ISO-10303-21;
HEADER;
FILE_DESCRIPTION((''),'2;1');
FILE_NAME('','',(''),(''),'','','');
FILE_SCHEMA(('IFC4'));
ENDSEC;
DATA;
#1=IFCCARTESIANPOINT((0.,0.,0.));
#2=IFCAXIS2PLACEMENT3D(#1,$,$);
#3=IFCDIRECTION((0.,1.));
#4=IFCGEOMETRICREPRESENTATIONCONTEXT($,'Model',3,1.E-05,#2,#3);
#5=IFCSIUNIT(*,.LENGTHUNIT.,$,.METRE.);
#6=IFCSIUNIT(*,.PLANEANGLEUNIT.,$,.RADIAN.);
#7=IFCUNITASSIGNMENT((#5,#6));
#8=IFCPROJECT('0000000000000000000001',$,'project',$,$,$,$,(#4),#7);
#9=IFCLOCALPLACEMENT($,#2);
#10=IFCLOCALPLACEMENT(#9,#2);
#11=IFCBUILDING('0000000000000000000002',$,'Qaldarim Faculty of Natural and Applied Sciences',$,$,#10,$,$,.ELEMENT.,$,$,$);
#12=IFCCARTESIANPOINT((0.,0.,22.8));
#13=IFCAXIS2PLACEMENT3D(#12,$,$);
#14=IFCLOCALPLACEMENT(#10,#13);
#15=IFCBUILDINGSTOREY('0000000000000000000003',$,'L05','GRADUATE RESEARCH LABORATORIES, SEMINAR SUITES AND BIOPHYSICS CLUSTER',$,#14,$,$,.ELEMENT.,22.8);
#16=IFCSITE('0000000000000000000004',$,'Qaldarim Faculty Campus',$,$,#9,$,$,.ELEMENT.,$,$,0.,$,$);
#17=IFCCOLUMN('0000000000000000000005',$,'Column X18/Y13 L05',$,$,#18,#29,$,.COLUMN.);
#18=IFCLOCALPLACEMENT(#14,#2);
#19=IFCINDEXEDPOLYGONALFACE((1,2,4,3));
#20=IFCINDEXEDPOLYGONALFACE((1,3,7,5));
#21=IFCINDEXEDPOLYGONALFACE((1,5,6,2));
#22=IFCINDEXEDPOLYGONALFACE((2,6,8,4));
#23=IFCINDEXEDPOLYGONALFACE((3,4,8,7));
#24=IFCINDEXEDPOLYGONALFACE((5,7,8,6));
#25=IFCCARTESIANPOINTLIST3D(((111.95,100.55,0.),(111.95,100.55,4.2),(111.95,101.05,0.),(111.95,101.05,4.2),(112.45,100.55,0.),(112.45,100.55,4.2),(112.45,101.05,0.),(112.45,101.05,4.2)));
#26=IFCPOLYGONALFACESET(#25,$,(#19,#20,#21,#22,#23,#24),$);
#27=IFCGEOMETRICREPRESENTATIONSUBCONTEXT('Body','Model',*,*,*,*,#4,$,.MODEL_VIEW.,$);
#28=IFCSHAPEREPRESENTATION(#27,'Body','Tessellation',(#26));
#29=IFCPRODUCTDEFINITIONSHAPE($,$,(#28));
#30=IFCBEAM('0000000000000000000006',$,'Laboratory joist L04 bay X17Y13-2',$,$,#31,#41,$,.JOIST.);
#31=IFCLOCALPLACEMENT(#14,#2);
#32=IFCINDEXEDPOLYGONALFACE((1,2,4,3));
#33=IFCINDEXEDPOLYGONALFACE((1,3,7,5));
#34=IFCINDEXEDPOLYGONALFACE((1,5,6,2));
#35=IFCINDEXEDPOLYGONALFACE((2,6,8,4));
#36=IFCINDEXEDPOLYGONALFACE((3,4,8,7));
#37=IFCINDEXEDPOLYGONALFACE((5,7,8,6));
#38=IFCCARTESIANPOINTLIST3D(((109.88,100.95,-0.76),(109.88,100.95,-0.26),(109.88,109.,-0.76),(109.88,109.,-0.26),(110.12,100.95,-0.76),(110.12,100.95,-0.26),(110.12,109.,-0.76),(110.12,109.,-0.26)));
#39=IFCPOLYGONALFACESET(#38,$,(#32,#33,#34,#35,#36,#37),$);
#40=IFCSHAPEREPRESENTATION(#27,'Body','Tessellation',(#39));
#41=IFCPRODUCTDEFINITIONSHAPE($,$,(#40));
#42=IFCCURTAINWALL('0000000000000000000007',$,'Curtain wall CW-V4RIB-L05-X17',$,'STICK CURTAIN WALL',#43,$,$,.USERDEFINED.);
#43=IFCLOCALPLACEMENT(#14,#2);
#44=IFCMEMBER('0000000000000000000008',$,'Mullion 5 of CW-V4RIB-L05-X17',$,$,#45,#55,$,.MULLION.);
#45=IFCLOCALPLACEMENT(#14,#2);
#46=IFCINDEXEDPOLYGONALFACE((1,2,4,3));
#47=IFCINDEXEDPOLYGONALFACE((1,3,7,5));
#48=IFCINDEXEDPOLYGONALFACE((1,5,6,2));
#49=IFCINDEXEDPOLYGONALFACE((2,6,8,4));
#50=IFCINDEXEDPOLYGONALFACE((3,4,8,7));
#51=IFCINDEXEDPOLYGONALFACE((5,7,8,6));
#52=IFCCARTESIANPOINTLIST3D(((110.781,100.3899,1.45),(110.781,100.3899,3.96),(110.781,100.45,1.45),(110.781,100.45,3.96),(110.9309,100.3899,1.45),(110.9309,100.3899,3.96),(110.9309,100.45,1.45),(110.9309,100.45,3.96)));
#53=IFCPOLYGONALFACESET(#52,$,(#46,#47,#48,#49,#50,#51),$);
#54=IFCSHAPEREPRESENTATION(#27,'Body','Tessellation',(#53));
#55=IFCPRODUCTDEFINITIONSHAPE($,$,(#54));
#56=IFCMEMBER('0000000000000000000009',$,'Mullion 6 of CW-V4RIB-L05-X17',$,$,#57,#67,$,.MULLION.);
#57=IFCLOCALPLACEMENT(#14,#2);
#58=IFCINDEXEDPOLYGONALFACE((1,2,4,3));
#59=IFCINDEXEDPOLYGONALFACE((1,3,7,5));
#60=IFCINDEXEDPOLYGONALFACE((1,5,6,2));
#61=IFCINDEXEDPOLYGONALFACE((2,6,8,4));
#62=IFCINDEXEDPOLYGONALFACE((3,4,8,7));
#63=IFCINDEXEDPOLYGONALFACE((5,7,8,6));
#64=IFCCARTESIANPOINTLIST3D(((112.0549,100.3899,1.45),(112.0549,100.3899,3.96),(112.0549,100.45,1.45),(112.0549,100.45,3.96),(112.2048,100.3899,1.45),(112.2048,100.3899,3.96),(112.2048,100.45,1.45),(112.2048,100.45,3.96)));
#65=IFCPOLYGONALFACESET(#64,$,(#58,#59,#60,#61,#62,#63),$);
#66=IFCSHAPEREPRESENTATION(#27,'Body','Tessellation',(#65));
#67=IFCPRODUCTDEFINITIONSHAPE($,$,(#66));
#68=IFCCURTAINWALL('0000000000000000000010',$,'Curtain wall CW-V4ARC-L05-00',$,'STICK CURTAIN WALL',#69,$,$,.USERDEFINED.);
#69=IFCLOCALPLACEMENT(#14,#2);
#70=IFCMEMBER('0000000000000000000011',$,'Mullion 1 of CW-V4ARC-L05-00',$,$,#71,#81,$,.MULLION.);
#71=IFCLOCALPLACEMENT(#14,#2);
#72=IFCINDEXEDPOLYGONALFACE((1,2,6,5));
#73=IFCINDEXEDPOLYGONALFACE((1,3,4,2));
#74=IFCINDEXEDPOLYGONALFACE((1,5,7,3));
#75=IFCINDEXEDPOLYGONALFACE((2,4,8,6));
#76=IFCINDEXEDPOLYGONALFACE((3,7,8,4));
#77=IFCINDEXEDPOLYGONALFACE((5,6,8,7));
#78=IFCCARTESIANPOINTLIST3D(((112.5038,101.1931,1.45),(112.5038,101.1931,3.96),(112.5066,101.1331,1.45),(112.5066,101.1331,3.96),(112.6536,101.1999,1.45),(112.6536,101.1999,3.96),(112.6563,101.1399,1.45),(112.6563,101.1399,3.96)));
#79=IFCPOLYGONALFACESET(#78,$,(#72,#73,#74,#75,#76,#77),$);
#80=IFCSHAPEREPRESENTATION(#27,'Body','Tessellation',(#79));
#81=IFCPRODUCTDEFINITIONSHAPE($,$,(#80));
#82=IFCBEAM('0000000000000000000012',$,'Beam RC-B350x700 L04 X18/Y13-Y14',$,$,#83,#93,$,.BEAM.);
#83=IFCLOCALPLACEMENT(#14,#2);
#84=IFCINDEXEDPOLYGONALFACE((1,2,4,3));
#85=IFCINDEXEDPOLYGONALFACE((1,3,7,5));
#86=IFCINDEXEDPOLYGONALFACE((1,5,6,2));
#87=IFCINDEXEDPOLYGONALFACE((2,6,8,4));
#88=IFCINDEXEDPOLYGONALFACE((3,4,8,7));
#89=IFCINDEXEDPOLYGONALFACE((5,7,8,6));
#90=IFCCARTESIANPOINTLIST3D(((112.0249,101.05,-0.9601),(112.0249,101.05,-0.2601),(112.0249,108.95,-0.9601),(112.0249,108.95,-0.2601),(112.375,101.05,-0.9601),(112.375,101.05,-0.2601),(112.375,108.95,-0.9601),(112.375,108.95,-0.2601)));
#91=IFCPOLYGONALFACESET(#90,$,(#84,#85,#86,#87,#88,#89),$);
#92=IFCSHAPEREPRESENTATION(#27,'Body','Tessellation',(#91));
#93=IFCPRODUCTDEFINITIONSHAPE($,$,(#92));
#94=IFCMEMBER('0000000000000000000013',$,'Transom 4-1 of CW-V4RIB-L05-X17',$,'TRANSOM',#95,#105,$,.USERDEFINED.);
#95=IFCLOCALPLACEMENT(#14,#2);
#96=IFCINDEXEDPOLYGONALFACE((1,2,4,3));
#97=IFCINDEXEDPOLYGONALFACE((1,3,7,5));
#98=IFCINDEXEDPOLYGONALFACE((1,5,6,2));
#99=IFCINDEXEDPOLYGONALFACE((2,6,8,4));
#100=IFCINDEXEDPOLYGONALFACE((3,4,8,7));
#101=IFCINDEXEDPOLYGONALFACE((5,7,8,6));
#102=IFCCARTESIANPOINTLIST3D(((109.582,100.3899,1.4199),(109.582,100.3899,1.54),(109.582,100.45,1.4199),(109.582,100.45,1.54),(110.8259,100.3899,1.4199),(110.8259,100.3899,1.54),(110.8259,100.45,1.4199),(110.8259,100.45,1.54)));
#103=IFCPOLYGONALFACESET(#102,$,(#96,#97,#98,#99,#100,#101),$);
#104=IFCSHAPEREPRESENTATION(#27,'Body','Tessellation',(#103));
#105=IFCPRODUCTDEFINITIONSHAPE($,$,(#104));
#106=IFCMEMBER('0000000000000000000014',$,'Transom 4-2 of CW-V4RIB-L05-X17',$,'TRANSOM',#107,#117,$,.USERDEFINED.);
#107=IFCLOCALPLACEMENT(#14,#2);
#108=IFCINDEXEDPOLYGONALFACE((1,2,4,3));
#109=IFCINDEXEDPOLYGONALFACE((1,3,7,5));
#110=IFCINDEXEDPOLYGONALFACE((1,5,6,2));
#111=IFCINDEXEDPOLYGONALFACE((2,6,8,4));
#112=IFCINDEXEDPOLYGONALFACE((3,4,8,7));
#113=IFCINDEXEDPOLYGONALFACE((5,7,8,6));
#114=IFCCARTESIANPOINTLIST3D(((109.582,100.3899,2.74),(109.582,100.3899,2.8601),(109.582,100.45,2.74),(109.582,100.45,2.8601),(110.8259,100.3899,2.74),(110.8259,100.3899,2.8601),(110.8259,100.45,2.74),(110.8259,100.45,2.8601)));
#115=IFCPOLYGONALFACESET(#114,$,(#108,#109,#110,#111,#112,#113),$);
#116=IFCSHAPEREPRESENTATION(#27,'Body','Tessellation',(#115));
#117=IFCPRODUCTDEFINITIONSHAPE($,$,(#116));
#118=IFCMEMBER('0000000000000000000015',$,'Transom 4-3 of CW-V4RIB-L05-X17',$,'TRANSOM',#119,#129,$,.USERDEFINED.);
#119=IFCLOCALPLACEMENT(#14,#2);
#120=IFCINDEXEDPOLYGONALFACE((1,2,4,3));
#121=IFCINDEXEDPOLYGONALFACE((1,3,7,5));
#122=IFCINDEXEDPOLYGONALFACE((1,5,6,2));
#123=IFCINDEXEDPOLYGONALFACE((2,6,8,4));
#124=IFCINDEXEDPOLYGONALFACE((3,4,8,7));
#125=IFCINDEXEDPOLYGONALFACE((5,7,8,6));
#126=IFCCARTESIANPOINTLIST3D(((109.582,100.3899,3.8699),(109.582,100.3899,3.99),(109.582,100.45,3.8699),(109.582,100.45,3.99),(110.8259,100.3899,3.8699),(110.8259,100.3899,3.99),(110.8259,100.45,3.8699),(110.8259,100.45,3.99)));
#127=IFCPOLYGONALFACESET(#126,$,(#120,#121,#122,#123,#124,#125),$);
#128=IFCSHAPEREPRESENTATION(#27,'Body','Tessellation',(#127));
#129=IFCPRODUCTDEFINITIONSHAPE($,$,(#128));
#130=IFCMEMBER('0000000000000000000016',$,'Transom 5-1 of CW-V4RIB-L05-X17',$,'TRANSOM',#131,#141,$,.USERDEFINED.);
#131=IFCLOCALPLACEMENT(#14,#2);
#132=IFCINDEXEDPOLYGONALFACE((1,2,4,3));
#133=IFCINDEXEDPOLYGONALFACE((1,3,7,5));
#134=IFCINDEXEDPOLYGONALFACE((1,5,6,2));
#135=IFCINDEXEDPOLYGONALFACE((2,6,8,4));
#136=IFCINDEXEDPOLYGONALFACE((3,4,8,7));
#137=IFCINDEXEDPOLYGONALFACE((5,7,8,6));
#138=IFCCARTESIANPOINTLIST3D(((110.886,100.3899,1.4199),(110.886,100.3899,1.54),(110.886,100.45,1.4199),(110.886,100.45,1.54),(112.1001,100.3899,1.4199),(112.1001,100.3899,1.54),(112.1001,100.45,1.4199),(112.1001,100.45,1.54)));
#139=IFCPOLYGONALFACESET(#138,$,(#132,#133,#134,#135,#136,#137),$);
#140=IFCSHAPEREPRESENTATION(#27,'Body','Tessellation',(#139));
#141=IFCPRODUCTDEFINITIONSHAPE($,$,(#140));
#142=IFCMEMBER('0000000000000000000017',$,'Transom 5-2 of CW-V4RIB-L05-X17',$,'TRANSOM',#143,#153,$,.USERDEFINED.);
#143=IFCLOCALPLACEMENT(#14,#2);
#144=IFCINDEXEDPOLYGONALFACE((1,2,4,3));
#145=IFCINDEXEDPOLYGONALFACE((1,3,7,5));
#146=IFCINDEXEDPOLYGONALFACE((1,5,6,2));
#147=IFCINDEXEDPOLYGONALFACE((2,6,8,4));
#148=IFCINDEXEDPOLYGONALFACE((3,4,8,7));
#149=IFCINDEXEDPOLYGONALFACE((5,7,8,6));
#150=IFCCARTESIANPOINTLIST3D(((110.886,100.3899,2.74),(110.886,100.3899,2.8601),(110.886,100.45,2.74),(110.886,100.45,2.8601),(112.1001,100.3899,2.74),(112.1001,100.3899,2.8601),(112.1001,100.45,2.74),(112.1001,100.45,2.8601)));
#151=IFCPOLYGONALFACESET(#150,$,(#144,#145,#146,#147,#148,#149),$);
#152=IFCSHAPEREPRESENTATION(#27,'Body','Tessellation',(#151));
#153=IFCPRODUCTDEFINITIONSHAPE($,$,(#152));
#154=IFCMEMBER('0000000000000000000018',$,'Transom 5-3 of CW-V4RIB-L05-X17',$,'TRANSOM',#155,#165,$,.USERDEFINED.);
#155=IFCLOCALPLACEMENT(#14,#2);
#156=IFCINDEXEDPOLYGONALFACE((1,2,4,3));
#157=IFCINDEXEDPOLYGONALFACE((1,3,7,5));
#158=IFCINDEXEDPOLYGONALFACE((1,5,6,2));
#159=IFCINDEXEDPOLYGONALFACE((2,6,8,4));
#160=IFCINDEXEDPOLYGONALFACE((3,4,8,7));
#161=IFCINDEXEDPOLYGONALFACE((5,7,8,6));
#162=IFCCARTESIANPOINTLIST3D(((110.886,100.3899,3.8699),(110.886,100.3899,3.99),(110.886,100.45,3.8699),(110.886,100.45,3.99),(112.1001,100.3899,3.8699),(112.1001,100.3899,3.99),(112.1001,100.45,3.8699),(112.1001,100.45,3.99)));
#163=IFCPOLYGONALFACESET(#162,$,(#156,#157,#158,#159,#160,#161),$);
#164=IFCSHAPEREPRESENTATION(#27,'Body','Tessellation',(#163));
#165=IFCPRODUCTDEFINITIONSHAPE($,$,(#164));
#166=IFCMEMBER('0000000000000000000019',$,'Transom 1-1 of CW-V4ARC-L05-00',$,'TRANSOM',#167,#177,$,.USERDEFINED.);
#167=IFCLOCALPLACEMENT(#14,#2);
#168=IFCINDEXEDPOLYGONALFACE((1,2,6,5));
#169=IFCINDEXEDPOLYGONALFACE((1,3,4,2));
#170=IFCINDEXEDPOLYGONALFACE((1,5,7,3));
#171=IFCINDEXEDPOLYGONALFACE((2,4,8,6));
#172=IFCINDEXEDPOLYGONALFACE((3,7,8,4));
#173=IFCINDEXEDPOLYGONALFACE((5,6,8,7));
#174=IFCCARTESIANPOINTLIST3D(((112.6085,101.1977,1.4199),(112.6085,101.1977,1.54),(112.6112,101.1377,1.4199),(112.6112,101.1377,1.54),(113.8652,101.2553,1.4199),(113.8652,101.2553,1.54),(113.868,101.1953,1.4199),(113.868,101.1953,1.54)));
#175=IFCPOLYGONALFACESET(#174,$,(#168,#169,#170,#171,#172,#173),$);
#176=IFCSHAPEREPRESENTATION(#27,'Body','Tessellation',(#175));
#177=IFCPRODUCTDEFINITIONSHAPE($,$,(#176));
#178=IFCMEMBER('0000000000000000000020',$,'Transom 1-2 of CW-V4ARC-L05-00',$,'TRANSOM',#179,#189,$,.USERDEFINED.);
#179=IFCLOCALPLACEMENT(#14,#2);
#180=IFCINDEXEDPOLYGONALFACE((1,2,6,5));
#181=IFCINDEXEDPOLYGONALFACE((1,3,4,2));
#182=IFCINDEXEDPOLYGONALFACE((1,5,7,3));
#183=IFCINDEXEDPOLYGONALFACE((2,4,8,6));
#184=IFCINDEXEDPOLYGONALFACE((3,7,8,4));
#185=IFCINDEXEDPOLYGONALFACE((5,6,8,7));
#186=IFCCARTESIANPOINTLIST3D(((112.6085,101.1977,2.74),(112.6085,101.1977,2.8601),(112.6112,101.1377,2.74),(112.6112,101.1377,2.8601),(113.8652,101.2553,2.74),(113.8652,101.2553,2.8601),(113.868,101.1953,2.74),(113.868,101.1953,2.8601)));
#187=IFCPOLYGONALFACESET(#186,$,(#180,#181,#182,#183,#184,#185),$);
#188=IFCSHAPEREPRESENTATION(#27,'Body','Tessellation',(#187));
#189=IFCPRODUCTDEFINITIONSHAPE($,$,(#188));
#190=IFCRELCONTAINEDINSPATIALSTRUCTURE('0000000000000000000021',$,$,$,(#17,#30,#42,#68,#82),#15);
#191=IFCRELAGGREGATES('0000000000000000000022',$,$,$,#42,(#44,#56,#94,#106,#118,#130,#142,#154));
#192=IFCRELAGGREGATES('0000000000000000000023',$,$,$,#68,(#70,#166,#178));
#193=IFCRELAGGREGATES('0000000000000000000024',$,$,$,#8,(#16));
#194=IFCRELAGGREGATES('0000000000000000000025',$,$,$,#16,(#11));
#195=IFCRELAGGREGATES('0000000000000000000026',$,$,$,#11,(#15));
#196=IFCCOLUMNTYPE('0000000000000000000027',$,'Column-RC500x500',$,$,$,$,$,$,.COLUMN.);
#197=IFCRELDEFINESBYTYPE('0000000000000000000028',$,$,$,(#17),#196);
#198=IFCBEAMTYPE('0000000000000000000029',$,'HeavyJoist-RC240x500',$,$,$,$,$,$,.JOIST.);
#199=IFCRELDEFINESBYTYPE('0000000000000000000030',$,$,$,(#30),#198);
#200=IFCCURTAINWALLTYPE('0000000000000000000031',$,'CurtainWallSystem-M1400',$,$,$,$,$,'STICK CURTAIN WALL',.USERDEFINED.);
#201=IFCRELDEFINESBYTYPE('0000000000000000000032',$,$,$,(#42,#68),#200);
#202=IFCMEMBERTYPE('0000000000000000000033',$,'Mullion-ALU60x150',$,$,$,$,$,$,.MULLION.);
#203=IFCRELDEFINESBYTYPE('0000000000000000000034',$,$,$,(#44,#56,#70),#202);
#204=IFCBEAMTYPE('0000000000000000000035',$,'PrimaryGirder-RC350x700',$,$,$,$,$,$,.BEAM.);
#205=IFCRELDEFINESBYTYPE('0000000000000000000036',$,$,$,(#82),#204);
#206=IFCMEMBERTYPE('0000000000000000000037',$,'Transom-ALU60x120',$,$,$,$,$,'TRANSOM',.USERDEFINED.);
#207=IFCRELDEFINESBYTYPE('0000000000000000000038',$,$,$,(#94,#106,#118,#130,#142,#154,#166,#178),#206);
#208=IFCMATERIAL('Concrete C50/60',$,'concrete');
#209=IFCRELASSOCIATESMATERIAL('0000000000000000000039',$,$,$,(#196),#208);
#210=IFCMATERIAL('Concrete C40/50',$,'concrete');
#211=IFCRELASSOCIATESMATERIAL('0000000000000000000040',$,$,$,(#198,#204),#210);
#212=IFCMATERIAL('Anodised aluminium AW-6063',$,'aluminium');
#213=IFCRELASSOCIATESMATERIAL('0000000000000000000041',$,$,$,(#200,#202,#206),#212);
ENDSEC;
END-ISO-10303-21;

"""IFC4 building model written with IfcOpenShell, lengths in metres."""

from ifc_helpers import new_model, si_unit, direction, frame, origin, origin_2d, place, context, subcontext, project, spatial, rectangle, extrude, material, material_profile, profile_set, type_object, element, aggregate, save


model = new_model("IFC4")

# Units and contexts
model_context = context("Model", 3, precision=1e-05, world=origin(), true_north=direction((0.0, 1.0)))
body_context = subcontext(model_context, "Body", "Model", "MODEL_VIEW")
ifc_project = project(units=[si_unit("LENGTHUNIT", "METRE"), si_unit("PLANEANGLEUNIT", "RADIAN")], contexts=[model_context])

# Site, building, storey
site_placement = place(None, origin())
site = spatial("IfcSite", under=ifc_project, at=site_placement, Name="Qaldarim Faculty Campus", CompositionType="ELEMENT", RefElevation=0.0)
building_placement = place(site_placement, origin())
building = spatial("IfcBuilding", under=site, at=building_placement, Name="Qaldarim Faculty of Natural and Applied Sciences", CompositionType="ELEMENT")
storey_placement = place(building_placement, frame((0.0, 0.0, 22.8)))
storey = spatial("IfcBuildingStorey", under=building, at=storey_placement, Name="L05", Description="GRADUATE RESEARCH LABORATORIES, SEMINAR SUITES AND BIOPHYSICS CLUSTER", CompositionType="ELEMENT", Elevation=22.8)

# Column
ifc_material_1 = material(Name="Concrete C50/60", Category="concrete")
ifc_material_profile_1 = material_profile(ifc_material_1, rectangle(XDim=0.5, YDim=0.5, at=origin_2d()), Name="RC-C500x500")
ifc_profile_set_1 = profile_set([ifc_material_profile_1], Name="Concrete C50/60")
column_type = type_object("IfcColumnType", Name="Column-RC500x500", PredefinedType="COLUMN", material=ifc_profile_set_1)
column_placement = place(storey_placement, frame((112.2, 100.8, 0.0), z_axis=(0.0, 0.0, 1.0), x_axis=(1.0, 0.0, 0.0)))
element("IfcColumn", 1, at=column_placement, inside=storey, type_object=column_type, Name="Column X18/Y13 L05", PredefinedType="COLUMN", context=body_context, shape_type="SweptSolid", body=[
    extrude(rectangle(XDim=0.5, YDim=0.5, at=origin_2d()), origin(), (0.0, 0.0, 1.0), 4.2),
])

# Beam
ifc_material_2 = material(Name="Concrete C40/50", Category="concrete")
ifc_material_profile_2 = material_profile(ifc_material_2, rectangle(XDim=0.24, YDim=0.5, at=origin_2d()), Name="RC-J240x500")
ifc_profile_set_2 = profile_set([ifc_material_profile_2], Name="Concrete C40/50")
beam_type_1 = type_object("IfcBeamType", Name="HeavyJoist-RC240x500", PredefinedType="JOIST", material=ifc_profile_set_2)
beam_1_placement = place(storey_placement, frame((110.0, 100.95, -0.51), z_axis=(0.0, 1.0, 0.0), x_axis=(-1.0, 0.0, 0.0)))
element("IfcBeam", 2, at=beam_1_placement, inside=storey, type_object=beam_type_1, Name="Laboratory joist L04 bay X17Y13-2", PredefinedType="JOIST", context=body_context, shape_type="SweptSolid", body=[
    extrude(rectangle(XDim=0.24, YDim=0.5, at=origin_2d()), origin(), (0.0, 0.0, 1.0), 8.05),
])

# Curtain wall, members
ifc_material_3 = material(Name="Anodised aluminium AW-6063", Category="aluminium")
curtain_wall_type = type_object("IfcCurtainWallType", Name="CurtainWallSystem-M1400", ElementType="STICK CURTAIN WALL", PredefinedType="USERDEFINED", material=ifc_material_3)
curtain_wall_1_placement = place(storey_placement, origin())
curtain_wall_1 = element("IfcCurtainWall", 3, at=curtain_wall_1_placement, inside=storey, type_object=curtain_wall_type, Name="Curtain wall CW-V4RIB-L05-X17", ObjectType="STICK CURTAIN WALL", PredefinedType="USERDEFINED")
ifc_material_profile_3 = material_profile(ifc_material_3, rectangle(XDim=0.0601, YDim=0.1499, at=origin_2d()), Name="ALU-M60x150")
ifc_profile_set_3 = profile_set([ifc_material_profile_3], Name="Anodised aluminium AW-6063")
member_type_1 = type_object("IfcMemberType", Name="Mullion-ALU60x150", PredefinedType="MULLION", material=ifc_profile_set_3)
member_1_placement = place(storey_placement, frame((110.856, 100.4199, 1.45), z_axis=(0.0, 0.0, 1.0), x_axis=(0.0, 1.0, 0.0)))
member_1 = element("IfcMember", 4, at=member_1_placement, type_object=member_type_1, Name="Mullion 5 of CW-V4RIB-L05-X17", PredefinedType="MULLION", context=body_context, shape_type="SweptSolid", body=[
    extrude(rectangle(XDim=0.0601, YDim=0.1499, at=origin_2d()), origin(), (0.0, 0.0, 1.0), 2.51),
])
member_2_placement = place(storey_placement, frame((112.1299, 100.4199, 1.45), z_axis=(0.0, 0.0, 1.0), x_axis=(0.0, 1.0, 0.0)))
member_2 = element("IfcMember", 5, at=member_2_placement, type_object=member_type_1, Name="Mullion 6 of CW-V4RIB-L05-X17", PredefinedType="MULLION", context=body_context, shape_type="SweptSolid", body=[
    extrude(rectangle(XDim=0.0601, YDim=0.1499, at=origin_2d()), origin(), (0.0, 0.0, 1.0), 2.51),
])

# Curtain wall, member
curtain_wall_2_placement = place(storey_placement, origin())
curtain_wall_2 = element("IfcCurtainWall", 6, at=curtain_wall_2_placement, inside=storey, type_object=curtain_wall_type, Name="Curtain wall CW-V4ARC-L05-00", ObjectType="STICK CURTAIN WALL", PredefinedType="USERDEFINED")
member_3_placement = place(storey_placement, frame((112.5801, 101.1665, 1.45), z_axis=(0.0, 0.0, 1.0), x_axis=(-0.045747, 0.998953, 0.0)))
member_3 = element("IfcMember", 7, at=member_3_placement, type_object=member_type_1, Name="Mullion 1 of CW-V4ARC-L05-00", PredefinedType="MULLION", context=body_context, shape_type="SweptSolid", body=[
    extrude(rectangle(XDim=0.0601, YDim=0.1499, at=origin_2d()), origin(), (0.0, 0.0, 1.0), 2.51),
])

# Beam
ifc_material_profile_4 = material_profile(ifc_material_2, rectangle(XDim=0.3501, YDim=0.7, at=origin_2d()), Name="RC-B350x700")
ifc_profile_set_4 = profile_set([ifc_material_profile_4], Name="Concrete C40/50")
beam_type_2 = type_object("IfcBeamType", Name="PrimaryGirder-RC350x700", PredefinedType="BEAM", material=ifc_profile_set_4)
beam_2_placement = place(storey_placement, frame((112.2, 101.05, -0.6101), z_axis=(0.0, 1.0, 0.0), x_axis=(-1.0, 0.0, 0.0)))
element("IfcBeam", 8, at=beam_2_placement, inside=storey, type_object=beam_type_2, Name="Beam RC-B350x700 L04 X18/Y13-Y14", PredefinedType="BEAM", context=body_context, shape_type="SweptSolid", body=[
    extrude(rectangle(XDim=0.3501, YDim=0.7, at=origin_2d()), origin(), (0.0, 0.0, 1.0), 7.8999),
])

# Members
ifc_material_profile_5 = material_profile(ifc_material_3, rectangle(XDim=0.0601, YDim=0.1201, at=origin_2d()), Name="ALU-T60x120")
ifc_profile_set_5 = profile_set([ifc_material_profile_5], Name="Anodised aluminium AW-6063")
member_type_2 = type_object("IfcMemberType", Name="Transom-ALU60x120", ElementType="TRANSOM", PredefinedType="USERDEFINED", material=ifc_profile_set_5)
member_4_placement = place(storey_placement, frame((109.582, 100.4199, 1.48), z_axis=(1.0, 0.0, 0.0), x_axis=(0.0, 1.0, 0.0)))
member_4 = element("IfcMember", 9, at=member_4_placement, type_object=member_type_2, Name="Transom 4-1 of CW-V4RIB-L05-X17", ObjectType="TRANSOM", PredefinedType="USERDEFINED", context=body_context, shape_type="SweptSolid", body=[
    extrude(rectangle(XDim=0.0601, YDim=0.1201, at=origin_2d()), origin(), (0.0, 0.0, 1.0), 1.2439),
])
member_5_placement = place(storey_placement, frame((109.582, 100.4199, 2.8), z_axis=(1.0, 0.0, 0.0), x_axis=(0.0, 1.0, 0.0)))
member_5 = element("IfcMember", 10, at=member_5_placement, type_object=member_type_2, Name="Transom 4-2 of CW-V4RIB-L05-X17", ObjectType="TRANSOM", PredefinedType="USERDEFINED", context=body_context, shape_type="SweptSolid", body=[
    extrude(rectangle(XDim=0.0601, YDim=0.1201, at=origin_2d()), origin(), (0.0, 0.0, 1.0), 1.2439),
])
member_6_placement = place(storey_placement, frame((109.582, 100.4199, 3.9299), z_axis=(1.0, 0.0, 0.0), x_axis=(0.0, 1.0, 0.0)))
member_6 = element("IfcMember", 11, at=member_6_placement, type_object=member_type_2, Name="Transom 4-3 of CW-V4RIB-L05-X17", ObjectType="TRANSOM", PredefinedType="USERDEFINED", context=body_context, shape_type="SweptSolid", body=[
    extrude(rectangle(XDim=0.0601, YDim=0.1201, at=origin_2d()), origin(), (0.0, 0.0, 1.0), 1.2439),
])
member_7_placement = place(storey_placement, frame((110.886, 100.4199, 1.48), z_axis=(1.0, 0.0, 0.0), x_axis=(0.0, 1.0, 0.0)))
member_7 = element("IfcMember", 12, at=member_7_placement, type_object=member_type_2, Name="Transom 5-1 of CW-V4RIB-L05-X17", ObjectType="TRANSOM", PredefinedType="USERDEFINED", context=body_context, shape_type="SweptSolid", body=[
    extrude(rectangle(XDim=0.0601, YDim=0.1201, at=origin_2d()), origin(), (0.0, 0.0, 1.0), 1.2141),
])
member_8_placement = place(storey_placement, frame((110.886, 100.4199, 2.8), z_axis=(1.0, 0.0, 0.0), x_axis=(0.0, 1.0, 0.0)))
member_8 = element("IfcMember", 13, at=member_8_placement, type_object=member_type_2, Name="Transom 5-2 of CW-V4RIB-L05-X17", ObjectType="TRANSOM", PredefinedType="USERDEFINED", context=body_context, shape_type="SweptSolid", body=[
    extrude(rectangle(XDim=0.0601, YDim=0.1201, at=origin_2d()), origin(), (0.0, 0.0, 1.0), 1.2141),
])
member_9_placement = place(storey_placement, frame((110.886, 100.4199, 3.9299), z_axis=(1.0, 0.0, 0.0), x_axis=(0.0, 1.0, 0.0)))
member_9 = element("IfcMember", 14, at=member_9_placement, type_object=member_type_2, Name="Transom 5-3 of CW-V4RIB-L05-X17", ObjectType="TRANSOM", PredefinedType="USERDEFINED", context=body_context, shape_type="SweptSolid", body=[
    extrude(rectangle(XDim=0.0601, YDim=0.1201, at=origin_2d()), origin(), (0.0, 0.0, 1.0), 1.2141),
])
member_10_placement = place(storey_placement, frame((112.6099, 101.1677, 1.48), z_axis=(0.998951, 0.045795, 0.0), x_axis=(-0.045795, 0.998951, 0.0)))
member_10 = element("IfcMember", 15, at=member_10_placement, type_object=member_type_2, Name="Transom 1-1 of CW-V4ARC-L05-00", ObjectType="TRANSOM", PredefinedType="USERDEFINED", context=body_context, shape_type="SweptSolid", body=[
    extrude(rectangle(XDim=0.0601, YDim=0.1201, at=origin_2d()), origin(), (0.0, 0.0, 1.0), 1.2581),
])
member_11_placement = place(storey_placement, frame((112.6099, 101.1677, 2.8), z_axis=(0.998951, 0.045795, 0.0), x_axis=(-0.045795, 0.998951, 0.0)))
member_11 = element("IfcMember", 16, at=member_11_placement, type_object=member_type_2, Name="Transom 1-2 of CW-V4ARC-L05-00", ObjectType="TRANSOM", PredefinedType="USERDEFINED", context=body_context, shape_type="SweptSolid", body=[
    extrude(rectangle(XDim=0.0601, YDim=0.1201, at=origin_2d()), origin(), (0.0, 0.0, 1.0), 1.2581),
])

aggregate(curtain_wall_1, [member_1, member_2, member_4, member_5, member_6, member_7, member_8, member_9])
aggregate(curtain_wall_2, [member_3, member_10, member_11])

save(model, "model.ifc")
